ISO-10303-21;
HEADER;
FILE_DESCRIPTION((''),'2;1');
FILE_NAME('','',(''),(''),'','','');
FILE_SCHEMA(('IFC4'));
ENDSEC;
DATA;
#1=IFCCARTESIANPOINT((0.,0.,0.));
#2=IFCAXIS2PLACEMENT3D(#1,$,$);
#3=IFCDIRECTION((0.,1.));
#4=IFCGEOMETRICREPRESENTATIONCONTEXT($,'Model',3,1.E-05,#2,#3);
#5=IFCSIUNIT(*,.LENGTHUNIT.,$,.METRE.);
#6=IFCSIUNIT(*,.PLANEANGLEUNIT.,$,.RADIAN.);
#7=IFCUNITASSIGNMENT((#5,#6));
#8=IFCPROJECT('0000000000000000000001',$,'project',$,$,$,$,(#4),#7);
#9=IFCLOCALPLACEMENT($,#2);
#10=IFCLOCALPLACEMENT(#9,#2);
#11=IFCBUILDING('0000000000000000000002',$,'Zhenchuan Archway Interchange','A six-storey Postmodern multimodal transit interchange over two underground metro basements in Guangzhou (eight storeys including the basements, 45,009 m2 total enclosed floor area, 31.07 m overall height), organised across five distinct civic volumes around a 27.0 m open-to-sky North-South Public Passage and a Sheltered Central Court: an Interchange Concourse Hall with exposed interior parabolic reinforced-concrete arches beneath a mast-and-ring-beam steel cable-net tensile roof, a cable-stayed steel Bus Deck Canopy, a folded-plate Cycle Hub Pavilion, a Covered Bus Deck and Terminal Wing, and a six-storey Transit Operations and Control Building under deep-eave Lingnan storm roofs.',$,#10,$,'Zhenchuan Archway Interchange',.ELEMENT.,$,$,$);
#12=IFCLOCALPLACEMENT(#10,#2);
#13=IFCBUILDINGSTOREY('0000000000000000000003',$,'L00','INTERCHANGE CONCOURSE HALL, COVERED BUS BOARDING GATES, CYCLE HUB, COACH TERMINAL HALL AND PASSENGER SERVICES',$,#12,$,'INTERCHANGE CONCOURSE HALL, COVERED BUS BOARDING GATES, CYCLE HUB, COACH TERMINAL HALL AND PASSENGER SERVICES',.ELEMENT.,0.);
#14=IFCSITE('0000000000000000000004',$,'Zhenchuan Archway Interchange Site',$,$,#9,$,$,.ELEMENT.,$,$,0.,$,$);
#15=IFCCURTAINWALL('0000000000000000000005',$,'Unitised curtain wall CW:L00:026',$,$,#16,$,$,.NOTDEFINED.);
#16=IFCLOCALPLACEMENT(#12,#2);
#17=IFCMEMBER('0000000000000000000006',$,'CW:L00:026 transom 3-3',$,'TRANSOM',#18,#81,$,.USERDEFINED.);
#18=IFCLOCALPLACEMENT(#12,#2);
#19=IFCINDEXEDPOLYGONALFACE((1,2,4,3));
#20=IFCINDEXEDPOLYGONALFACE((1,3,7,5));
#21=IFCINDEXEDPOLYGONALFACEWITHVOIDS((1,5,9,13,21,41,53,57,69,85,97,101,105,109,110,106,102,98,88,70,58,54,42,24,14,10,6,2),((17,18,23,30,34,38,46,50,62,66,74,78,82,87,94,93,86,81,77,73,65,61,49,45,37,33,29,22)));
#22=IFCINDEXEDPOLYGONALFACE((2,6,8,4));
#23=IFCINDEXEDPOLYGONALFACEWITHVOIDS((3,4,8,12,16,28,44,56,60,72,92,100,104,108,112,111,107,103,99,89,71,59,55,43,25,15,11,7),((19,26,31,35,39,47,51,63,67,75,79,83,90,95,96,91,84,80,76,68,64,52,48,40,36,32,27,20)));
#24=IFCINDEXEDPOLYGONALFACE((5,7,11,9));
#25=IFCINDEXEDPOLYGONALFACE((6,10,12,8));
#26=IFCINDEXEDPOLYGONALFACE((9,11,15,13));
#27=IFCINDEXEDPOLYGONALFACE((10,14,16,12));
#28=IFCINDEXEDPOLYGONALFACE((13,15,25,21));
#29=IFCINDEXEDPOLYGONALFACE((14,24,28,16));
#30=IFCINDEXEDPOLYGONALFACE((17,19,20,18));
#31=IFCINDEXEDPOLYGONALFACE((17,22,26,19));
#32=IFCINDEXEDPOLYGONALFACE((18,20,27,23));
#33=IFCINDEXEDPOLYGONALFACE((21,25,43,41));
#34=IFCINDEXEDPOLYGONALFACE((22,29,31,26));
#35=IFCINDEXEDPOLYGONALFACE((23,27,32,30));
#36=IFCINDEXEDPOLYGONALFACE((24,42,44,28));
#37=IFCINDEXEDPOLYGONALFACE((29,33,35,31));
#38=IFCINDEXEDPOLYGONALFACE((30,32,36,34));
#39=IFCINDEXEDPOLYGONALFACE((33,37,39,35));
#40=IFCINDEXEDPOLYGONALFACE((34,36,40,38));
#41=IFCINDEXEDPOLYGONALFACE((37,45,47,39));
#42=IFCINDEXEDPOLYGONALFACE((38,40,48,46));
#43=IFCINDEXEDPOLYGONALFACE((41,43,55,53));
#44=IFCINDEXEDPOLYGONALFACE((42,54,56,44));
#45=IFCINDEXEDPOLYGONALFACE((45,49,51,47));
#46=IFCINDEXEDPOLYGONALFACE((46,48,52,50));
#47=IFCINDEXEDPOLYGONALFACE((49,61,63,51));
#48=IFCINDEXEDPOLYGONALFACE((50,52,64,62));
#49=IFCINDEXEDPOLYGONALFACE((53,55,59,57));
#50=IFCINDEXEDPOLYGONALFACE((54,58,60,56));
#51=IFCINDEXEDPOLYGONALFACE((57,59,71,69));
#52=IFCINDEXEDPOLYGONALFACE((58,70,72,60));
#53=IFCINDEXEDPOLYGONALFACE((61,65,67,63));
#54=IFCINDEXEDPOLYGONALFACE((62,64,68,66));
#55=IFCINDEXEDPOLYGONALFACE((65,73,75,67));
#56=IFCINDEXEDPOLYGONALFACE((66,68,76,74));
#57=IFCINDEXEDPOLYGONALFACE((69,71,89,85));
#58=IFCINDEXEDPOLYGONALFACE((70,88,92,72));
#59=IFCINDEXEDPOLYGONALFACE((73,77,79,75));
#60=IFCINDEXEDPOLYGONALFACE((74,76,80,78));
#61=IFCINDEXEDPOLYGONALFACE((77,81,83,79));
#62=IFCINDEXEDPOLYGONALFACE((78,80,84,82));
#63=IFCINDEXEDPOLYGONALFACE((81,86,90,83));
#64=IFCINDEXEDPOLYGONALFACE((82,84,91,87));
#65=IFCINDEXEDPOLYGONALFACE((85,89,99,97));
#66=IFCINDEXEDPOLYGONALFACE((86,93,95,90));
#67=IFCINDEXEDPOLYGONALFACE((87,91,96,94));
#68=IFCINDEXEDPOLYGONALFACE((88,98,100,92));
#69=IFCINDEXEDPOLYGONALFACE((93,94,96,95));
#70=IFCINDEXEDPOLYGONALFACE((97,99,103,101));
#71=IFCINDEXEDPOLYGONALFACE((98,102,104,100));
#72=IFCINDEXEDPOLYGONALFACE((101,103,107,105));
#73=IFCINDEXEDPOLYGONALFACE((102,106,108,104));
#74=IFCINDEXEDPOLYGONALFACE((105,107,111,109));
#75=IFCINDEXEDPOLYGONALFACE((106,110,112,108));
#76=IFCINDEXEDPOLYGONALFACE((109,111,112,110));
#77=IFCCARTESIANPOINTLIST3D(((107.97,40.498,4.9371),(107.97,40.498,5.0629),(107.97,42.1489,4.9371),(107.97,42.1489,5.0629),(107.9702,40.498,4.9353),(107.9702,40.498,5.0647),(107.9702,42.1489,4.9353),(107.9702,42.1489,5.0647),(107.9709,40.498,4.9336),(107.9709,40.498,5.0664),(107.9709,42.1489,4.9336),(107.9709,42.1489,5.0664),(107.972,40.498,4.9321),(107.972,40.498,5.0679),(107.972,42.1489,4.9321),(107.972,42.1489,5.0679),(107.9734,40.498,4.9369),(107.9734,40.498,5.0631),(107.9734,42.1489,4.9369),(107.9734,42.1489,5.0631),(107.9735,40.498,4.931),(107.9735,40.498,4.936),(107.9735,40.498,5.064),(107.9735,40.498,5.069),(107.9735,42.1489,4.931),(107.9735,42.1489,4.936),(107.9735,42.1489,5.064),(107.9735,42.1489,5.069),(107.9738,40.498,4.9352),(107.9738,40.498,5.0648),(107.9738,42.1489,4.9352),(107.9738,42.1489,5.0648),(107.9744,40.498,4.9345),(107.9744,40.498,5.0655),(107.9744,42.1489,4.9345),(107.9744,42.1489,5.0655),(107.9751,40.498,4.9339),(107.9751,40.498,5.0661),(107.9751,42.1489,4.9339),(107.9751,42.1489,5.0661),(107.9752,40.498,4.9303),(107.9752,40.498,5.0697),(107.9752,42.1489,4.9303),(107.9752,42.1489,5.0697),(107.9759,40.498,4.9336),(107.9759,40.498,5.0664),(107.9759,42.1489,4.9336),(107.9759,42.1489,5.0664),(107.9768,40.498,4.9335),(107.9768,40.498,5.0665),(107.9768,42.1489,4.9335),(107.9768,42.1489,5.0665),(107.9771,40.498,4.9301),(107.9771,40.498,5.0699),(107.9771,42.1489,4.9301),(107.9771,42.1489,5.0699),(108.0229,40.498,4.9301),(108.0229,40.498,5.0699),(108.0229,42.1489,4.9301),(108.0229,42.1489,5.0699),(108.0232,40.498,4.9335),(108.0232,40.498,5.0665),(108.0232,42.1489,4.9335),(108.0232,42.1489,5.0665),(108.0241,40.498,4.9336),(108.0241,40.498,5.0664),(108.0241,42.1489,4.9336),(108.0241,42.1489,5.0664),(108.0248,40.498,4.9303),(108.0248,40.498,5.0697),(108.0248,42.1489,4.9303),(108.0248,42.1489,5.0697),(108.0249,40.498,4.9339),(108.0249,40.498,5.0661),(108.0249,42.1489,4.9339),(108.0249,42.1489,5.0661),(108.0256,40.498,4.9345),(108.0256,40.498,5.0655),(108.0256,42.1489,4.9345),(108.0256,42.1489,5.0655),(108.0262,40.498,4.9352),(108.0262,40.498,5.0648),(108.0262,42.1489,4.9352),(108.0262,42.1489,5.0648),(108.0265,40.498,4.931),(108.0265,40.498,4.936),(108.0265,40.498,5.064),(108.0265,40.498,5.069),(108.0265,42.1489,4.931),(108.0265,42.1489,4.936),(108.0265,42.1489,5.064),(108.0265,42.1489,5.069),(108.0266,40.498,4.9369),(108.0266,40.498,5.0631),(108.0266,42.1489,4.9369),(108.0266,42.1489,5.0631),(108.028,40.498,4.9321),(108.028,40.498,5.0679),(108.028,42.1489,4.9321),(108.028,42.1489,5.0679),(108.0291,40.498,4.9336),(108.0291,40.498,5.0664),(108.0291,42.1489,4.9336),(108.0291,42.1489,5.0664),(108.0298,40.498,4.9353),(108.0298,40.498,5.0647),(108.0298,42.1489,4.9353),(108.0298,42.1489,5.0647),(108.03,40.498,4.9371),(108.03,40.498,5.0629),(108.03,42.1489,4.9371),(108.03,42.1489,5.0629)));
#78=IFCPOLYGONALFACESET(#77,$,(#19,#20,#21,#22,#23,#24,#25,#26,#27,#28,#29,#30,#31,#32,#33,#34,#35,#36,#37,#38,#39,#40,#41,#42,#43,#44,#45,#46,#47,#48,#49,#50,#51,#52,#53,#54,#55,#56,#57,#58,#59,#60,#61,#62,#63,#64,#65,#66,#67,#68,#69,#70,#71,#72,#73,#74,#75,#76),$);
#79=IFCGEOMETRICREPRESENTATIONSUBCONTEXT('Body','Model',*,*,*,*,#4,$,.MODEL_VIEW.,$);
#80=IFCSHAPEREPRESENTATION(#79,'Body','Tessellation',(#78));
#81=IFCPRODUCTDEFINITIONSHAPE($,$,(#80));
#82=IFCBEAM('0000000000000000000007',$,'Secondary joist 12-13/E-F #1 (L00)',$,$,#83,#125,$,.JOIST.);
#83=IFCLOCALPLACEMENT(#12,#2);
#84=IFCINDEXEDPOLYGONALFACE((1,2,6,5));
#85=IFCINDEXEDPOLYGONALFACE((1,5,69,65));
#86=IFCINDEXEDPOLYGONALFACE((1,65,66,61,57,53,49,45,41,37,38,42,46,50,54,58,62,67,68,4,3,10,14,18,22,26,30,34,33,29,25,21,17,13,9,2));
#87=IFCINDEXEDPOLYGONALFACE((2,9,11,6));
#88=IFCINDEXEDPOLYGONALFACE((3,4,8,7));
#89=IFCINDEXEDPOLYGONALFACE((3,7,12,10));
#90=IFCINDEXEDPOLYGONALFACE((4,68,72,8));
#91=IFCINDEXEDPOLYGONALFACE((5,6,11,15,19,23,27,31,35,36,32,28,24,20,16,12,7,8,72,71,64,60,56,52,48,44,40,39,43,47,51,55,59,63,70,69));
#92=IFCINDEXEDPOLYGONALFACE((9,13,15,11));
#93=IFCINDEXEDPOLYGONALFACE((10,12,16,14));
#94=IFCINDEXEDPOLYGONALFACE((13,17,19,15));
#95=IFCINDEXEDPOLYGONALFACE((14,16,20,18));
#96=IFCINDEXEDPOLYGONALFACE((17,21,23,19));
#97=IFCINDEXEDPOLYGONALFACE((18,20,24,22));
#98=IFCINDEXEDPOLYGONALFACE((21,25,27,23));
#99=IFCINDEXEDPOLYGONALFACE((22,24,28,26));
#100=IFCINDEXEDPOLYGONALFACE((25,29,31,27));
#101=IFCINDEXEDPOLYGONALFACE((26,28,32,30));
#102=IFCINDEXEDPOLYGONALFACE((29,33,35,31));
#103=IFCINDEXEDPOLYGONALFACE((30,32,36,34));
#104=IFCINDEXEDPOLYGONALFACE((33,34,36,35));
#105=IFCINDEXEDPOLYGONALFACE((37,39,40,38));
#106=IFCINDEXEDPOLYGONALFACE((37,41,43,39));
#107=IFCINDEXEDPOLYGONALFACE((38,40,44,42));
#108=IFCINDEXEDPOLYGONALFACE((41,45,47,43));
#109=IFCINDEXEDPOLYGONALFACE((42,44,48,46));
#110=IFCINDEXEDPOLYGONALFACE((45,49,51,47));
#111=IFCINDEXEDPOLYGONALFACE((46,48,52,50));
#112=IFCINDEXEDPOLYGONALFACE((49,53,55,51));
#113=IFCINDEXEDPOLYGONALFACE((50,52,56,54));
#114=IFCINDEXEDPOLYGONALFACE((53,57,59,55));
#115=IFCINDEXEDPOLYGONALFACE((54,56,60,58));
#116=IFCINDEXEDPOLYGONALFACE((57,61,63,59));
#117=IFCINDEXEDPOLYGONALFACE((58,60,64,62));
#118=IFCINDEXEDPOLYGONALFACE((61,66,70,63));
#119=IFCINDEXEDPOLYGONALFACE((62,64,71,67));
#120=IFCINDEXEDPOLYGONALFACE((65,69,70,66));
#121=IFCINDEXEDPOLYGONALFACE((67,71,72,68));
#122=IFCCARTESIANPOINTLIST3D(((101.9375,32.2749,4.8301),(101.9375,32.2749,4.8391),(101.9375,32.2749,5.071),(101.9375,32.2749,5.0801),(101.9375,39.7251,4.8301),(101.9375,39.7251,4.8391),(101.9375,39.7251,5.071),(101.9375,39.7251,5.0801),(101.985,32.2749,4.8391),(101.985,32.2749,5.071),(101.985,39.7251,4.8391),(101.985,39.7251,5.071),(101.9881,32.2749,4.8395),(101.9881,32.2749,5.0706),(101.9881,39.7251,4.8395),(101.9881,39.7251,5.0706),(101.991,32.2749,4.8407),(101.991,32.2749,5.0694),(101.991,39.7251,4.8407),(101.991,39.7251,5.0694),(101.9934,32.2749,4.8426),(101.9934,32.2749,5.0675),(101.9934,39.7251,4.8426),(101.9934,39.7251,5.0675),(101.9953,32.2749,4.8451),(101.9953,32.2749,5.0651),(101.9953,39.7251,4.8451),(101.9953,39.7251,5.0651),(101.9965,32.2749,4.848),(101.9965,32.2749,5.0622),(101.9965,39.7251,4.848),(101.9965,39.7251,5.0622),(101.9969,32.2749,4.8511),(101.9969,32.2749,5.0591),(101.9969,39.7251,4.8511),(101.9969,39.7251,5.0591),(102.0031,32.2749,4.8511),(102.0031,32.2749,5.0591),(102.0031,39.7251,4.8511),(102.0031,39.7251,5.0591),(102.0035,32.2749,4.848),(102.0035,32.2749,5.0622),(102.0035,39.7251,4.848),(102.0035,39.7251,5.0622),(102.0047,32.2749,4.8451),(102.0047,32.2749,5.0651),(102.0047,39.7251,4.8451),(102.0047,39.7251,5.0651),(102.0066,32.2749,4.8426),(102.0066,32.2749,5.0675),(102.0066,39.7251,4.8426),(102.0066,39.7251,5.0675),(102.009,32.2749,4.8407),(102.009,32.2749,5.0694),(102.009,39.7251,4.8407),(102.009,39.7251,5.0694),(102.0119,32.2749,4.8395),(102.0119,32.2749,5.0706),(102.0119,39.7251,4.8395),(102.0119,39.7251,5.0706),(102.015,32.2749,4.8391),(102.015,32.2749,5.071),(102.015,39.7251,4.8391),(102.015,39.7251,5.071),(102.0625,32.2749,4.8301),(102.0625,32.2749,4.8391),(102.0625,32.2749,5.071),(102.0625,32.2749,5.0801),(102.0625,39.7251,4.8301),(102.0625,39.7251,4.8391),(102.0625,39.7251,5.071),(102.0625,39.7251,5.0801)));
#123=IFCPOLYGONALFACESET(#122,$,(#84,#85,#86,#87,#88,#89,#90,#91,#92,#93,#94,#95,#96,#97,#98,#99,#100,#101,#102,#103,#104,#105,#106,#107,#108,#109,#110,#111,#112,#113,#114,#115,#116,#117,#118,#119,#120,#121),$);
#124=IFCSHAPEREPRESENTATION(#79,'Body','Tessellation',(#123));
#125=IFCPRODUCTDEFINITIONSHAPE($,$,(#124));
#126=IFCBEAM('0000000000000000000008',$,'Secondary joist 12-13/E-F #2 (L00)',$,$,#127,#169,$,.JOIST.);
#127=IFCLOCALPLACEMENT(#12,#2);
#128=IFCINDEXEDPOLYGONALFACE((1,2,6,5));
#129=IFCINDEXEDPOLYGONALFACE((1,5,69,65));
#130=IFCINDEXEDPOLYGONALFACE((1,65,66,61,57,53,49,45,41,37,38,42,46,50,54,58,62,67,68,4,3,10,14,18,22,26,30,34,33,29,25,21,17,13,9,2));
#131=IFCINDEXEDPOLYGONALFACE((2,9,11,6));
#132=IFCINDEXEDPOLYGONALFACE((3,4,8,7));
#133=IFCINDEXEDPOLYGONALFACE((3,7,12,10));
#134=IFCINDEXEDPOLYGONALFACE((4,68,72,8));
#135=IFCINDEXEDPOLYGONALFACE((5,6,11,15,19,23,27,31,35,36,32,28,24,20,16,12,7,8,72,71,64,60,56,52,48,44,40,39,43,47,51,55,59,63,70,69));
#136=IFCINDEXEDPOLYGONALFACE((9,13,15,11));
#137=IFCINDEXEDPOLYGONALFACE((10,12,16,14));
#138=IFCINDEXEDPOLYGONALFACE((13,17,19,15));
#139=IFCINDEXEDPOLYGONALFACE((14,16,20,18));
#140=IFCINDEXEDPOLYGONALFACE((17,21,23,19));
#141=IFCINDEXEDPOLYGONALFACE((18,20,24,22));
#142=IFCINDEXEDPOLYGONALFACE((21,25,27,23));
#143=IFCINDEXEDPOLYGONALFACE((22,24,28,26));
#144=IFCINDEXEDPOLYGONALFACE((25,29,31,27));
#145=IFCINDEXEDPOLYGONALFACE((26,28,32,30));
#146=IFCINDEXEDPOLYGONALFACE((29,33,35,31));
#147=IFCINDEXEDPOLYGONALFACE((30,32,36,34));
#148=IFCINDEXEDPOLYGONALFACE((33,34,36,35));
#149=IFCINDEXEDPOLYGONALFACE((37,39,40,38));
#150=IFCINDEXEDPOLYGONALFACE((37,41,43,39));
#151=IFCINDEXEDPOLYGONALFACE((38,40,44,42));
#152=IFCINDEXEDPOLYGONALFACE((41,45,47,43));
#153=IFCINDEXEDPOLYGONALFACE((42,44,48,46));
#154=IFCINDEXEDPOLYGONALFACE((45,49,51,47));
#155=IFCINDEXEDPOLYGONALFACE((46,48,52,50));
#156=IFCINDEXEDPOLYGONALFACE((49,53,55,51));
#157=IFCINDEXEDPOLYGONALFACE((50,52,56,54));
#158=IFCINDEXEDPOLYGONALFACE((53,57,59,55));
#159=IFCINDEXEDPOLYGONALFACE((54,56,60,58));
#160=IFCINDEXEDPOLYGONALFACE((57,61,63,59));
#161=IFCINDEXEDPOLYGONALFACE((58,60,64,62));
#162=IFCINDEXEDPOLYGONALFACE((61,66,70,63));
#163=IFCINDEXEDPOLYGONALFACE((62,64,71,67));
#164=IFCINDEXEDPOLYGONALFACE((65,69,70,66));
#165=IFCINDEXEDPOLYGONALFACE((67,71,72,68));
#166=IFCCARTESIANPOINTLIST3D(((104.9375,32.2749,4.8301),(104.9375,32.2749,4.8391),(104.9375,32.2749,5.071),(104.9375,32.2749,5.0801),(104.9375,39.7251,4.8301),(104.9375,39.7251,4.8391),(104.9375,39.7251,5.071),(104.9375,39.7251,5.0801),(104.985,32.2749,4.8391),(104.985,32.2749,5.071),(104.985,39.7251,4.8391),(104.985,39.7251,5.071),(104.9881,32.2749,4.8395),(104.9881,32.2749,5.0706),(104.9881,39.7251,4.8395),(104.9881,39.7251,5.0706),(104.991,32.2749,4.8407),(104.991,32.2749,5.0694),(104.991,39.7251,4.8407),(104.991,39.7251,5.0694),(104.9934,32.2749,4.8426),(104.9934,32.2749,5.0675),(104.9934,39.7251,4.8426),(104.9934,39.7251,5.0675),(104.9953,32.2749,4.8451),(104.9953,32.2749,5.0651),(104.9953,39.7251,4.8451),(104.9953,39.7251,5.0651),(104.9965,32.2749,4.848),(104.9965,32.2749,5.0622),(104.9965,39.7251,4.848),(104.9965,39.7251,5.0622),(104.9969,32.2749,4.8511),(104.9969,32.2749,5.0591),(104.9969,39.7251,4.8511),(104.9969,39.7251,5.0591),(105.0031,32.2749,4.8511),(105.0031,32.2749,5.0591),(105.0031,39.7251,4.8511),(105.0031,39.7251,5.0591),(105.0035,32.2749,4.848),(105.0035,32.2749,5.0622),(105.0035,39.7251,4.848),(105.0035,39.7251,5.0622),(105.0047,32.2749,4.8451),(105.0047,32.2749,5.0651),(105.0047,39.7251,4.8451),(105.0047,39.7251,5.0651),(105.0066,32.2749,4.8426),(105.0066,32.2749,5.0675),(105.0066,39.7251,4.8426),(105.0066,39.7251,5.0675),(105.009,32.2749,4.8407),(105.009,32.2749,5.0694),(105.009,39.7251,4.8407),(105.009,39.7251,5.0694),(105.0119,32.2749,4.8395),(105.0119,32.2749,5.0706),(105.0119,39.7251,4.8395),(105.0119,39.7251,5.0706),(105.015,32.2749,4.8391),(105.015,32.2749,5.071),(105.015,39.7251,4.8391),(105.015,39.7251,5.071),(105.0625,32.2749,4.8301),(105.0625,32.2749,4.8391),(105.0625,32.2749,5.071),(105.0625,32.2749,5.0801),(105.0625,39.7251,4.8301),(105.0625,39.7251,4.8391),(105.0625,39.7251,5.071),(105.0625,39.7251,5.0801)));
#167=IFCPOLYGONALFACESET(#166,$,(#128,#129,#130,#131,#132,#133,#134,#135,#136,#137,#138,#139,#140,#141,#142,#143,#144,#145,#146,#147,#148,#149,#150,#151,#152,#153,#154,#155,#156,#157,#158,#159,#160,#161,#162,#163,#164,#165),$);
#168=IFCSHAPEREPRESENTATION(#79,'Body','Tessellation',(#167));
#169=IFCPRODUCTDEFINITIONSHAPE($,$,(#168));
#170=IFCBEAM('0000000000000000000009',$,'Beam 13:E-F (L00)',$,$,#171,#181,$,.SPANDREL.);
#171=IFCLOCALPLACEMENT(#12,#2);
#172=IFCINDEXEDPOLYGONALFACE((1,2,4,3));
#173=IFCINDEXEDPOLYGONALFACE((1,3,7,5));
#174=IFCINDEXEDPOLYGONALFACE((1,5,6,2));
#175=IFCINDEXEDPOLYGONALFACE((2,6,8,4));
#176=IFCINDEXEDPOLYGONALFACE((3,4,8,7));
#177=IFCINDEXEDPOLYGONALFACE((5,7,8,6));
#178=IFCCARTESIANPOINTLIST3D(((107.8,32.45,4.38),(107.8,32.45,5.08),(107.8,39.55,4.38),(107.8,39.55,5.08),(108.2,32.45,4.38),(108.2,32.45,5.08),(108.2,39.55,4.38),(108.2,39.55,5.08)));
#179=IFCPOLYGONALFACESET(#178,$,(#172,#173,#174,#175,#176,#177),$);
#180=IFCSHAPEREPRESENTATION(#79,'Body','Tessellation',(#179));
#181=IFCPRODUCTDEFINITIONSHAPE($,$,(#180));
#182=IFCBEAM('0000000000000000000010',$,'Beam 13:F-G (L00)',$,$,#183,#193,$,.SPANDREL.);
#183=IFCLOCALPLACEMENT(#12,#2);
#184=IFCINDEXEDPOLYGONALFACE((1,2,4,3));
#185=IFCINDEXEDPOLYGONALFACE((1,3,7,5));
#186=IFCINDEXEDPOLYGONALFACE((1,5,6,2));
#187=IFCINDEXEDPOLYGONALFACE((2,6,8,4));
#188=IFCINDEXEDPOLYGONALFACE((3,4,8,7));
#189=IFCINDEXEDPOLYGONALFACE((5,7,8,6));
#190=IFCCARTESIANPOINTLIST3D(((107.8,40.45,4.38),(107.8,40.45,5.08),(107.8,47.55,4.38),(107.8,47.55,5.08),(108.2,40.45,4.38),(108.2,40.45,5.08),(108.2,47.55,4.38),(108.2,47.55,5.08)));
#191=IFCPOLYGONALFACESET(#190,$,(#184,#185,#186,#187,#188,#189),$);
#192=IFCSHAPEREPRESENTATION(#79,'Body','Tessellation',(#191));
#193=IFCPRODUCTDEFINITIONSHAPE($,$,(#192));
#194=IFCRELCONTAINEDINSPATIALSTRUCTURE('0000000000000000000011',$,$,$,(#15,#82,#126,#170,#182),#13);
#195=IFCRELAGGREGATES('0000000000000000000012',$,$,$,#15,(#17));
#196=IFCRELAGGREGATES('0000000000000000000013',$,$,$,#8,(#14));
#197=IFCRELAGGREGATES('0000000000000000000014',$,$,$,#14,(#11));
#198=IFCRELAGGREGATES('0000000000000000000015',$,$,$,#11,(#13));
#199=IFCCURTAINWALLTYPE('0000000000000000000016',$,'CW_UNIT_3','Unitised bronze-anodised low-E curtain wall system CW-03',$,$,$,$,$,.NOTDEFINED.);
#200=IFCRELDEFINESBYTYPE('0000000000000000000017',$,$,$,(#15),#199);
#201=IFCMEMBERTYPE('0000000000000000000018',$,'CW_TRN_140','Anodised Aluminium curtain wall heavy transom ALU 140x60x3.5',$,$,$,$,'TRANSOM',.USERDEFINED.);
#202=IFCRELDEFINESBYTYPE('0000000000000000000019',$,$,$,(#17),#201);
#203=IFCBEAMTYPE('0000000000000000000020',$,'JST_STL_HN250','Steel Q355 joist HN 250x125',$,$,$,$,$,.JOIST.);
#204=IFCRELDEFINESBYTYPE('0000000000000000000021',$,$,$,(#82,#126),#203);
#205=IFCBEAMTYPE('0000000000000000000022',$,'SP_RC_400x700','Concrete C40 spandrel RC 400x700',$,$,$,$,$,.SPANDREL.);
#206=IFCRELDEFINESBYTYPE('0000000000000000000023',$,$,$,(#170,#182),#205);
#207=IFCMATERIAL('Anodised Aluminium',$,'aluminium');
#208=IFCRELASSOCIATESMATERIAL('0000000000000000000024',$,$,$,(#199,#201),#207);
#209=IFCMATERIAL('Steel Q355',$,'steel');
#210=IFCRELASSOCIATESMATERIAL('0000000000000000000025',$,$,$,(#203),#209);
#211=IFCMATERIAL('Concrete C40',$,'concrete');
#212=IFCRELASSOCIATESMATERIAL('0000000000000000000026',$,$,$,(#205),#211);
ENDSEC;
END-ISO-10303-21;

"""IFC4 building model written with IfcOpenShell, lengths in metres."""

from ifc_helpers import new_model, si_unit, direction, frame, origin, origin_2d, place, context, subcontext, project, spatial, rectangle, hollow_rectangle, i_section, extrude, material, material_profile, profile_set, type_object, element, aggregate, save


model = new_model("IFC4")

# Units and contexts
model_context = context("Model", 3, precision=1e-05, world=origin(), true_north=direction((0.0, 1.0)))
body_context = subcontext(model_context, "Body", "Model", "MODEL_VIEW")
ifc_project = project(units=[si_unit("LENGTHUNIT", "METRE"), si_unit("PLANEANGLEUNIT", "RADIAN")], contexts=[model_context])

# Site, building, storey
site_placement = place(None, origin())
site = spatial("IfcSite", under=ifc_project, at=site_placement, Name="Zhenchuan Archway Interchange Site", CompositionType="ELEMENT", RefElevation=0.0)
building_placement = place(site_placement, origin())
building = spatial("IfcBuilding", under=site, at=building_placement, Name="Zhenchuan Archway Interchange", Description="A six-storey Postmodern multimodal transit interchange over two underground metro basements in Guangzhou (eight storeys including the basements, 45,009 m2 total enclosed floor area, 31.07 m overall height), organised across five distinct civic volumes around a 27.0 m open-to-sky North-South Public Passage and a Sheltered Central Court: an Interchange Concourse Hall with exposed interior parabolic reinforced-concrete arches beneath a mast-and-ring-beam steel cable-net tensile roof, a cable-stayed steel Bus Deck Canopy, a folded-plate Cycle Hub Pavilion, a Covered Bus Deck and Terminal Wing, and a six-storey Transit Operations and Control Building under deep-eave Lingnan storm roofs.", LongName="Zhenchuan Archway Interchange", CompositionType="ELEMENT")
storey_placement = place(building_placement, origin())
storey = spatial("IfcBuildingStorey", under=building, at=storey_placement, Name="L00", Description="INTERCHANGE CONCOURSE HALL, COVERED BUS BOARDING GATES, CYCLE HUB, COACH TERMINAL HALL AND PASSENGER SERVICES", LongName="INTERCHANGE CONCOURSE HALL, COVERED BUS BOARDING GATES, CYCLE HUB, COACH TERMINAL HALL AND PASSENGER SERVICES", CompositionType="ELEMENT", Elevation=0.0)

# Shared definitions
ifc_material_1 = material(Name="Concrete C40", Category="concrete")

# Curtain wall, member
ifc_material_2 = material(Name="Anodised Aluminium", Category="aluminium")
curtain_wall_type = type_object("IfcCurtainWallType", Name="CW_UNIT_3", Description="Unitised bronze-anodised low-E curtain wall system CW-03", PredefinedType="NOTDEFINED", material=ifc_material_2)
curtain_wall_placement = place(storey_placement, origin())
curtain_wall = element("IfcCurtainWall", 1, at=curtain_wall_placement, inside=storey, type_object=curtain_wall_type, Name="Unitised curtain wall CW:L00:026", PredefinedType="NOTDEFINED")
ifc_material_profile_1 = material_profile(ifc_material_2, hollow_rectangle(XDim=0.0601, YDim=0.1399, WallThickness=0.0034, InnerFilletRadius=0.0034, OuterFilletRadius=0.0071, at=origin_2d()), Name="ALU 140x60x3.5")
ifc_profile_set_1 = profile_set([ifc_material_profile_1], Name="Anodised Aluminium")
member_type_1 = type_object("IfcMemberType", Name="CW_TRN_140", Description="Anodised Aluminium curtain wall heavy transom ALU 140x60x3.5", ElementType="TRANSOM", PredefinedType="USERDEFINED", material=ifc_profile_set_1)
member_1_placement = place(storey_placement, frame((108.0, 42.1489, 5.0), z_axis=(0.0, -1.0, 0.0), x_axis=(1.0, 0.0, 0.0)))
member_1 = element("IfcMember", 2, at=member_1_placement, type_object=member_type_1, Name="CW:L00:026 transom 3-3", ObjectType="TRANSOM", PredefinedType="USERDEFINED", context=body_context, shape_type="SweptSolid", body=[
    extrude(hollow_rectangle(XDim=0.0601, YDim=0.1399, WallThickness=0.0034, InnerFilletRadius=0.0034, OuterFilletRadius=0.0071, at=origin_2d()), origin(), (0.0, 0.0, 1.0), 1.6509),
])

# Beams
ifc_material_3 = material(Name="Steel Q355", Category="steel")
ifc_material_profile_2 = material_profile(ifc_material_3, i_section(OverallWidth=0.125, OverallDepth=0.25, WebThickness=0.0061, FlangeThickness=0.009, FilletRadius=0.012, at=origin_2d()), Name="HN 250x125")
ifc_profile_set_2 = profile_set([ifc_material_profile_2], Name="Steel Q355")
beam_type_1 = type_object("IfcBeamType", Name="JST_STL_HN250", Description="Steel Q355 joist HN 250x125", PredefinedType="JOIST", material=ifc_profile_set_2)
for number, where, z_axis, x_axis, name in (
    (3, (102.0, 32.2749, 4.9551), (0.0, 1.0, 0.0), (-1.0, 0.0, 0.0), "Secondary joist 12-13/E-F #1 (L00)"),
    (4, (105.0, 32.2749, 4.9551), (0.0, 1.0, 0.0), (-1.0, 0.0, 0.0), "Secondary joist 12-13/E-F #2 (L00)"),
):
    element("IfcBeam", number, at=place(storey_placement, frame(where, z_axis=z_axis, x_axis=x_axis)), inside=storey, type_object=beam_type_1, Name=name, PredefinedType="JOIST", context=body_context, shape_type="SweptSolid", body=[
        extrude(i_section(OverallWidth=0.125, OverallDepth=0.25, WebThickness=0.0061, FlangeThickness=0.009, FilletRadius=0.012, at=origin_2d()), origin(), (0.0, 0.0, 1.0), 7.4502),
    ])
ifc_material_profile_3 = material_profile(ifc_material_1, rectangle(XDim=0.3999, YDim=0.7, at=origin_2d()), Name="RC 400x700")
ifc_profile_set_3 = profile_set([ifc_material_profile_3], Name="Concrete C40")
beam_type_2 = type_object("IfcBeamType", Name="SP_RC_400x700", Description="Concrete C40 spandrel RC 400x700", PredefinedType="SPANDREL", material=ifc_profile_set_3)
for number, where, z_axis, x_axis, name in (
    (5, (108.0, 32.45, 4.73), (0.0, 1.0, 0.0), (-1.0, 0.0, 0.0), "Beam 13:E-F (L00)"),
    (6, (108.0, 40.45, 4.73), (0.0, 1.0, 0.0), (-1.0, 0.0, 0.0), "Beam 13:F-G (L00)"),
):
    element("IfcBeam", number, at=place(storey_placement, frame(where, z_axis=z_axis, x_axis=x_axis)), inside=storey, type_object=beam_type_2, Name=name, PredefinedType="SPANDREL", context=body_context, shape_type="SweptSolid", body=[
        extrude(rectangle(XDim=0.3999, YDim=0.7, at=origin_2d()), origin(), (0.0, 0.0, 1.0), 7.1001),
    ])

aggregate(curtain_wall, [member_1])

save(model, "model.ifc")
